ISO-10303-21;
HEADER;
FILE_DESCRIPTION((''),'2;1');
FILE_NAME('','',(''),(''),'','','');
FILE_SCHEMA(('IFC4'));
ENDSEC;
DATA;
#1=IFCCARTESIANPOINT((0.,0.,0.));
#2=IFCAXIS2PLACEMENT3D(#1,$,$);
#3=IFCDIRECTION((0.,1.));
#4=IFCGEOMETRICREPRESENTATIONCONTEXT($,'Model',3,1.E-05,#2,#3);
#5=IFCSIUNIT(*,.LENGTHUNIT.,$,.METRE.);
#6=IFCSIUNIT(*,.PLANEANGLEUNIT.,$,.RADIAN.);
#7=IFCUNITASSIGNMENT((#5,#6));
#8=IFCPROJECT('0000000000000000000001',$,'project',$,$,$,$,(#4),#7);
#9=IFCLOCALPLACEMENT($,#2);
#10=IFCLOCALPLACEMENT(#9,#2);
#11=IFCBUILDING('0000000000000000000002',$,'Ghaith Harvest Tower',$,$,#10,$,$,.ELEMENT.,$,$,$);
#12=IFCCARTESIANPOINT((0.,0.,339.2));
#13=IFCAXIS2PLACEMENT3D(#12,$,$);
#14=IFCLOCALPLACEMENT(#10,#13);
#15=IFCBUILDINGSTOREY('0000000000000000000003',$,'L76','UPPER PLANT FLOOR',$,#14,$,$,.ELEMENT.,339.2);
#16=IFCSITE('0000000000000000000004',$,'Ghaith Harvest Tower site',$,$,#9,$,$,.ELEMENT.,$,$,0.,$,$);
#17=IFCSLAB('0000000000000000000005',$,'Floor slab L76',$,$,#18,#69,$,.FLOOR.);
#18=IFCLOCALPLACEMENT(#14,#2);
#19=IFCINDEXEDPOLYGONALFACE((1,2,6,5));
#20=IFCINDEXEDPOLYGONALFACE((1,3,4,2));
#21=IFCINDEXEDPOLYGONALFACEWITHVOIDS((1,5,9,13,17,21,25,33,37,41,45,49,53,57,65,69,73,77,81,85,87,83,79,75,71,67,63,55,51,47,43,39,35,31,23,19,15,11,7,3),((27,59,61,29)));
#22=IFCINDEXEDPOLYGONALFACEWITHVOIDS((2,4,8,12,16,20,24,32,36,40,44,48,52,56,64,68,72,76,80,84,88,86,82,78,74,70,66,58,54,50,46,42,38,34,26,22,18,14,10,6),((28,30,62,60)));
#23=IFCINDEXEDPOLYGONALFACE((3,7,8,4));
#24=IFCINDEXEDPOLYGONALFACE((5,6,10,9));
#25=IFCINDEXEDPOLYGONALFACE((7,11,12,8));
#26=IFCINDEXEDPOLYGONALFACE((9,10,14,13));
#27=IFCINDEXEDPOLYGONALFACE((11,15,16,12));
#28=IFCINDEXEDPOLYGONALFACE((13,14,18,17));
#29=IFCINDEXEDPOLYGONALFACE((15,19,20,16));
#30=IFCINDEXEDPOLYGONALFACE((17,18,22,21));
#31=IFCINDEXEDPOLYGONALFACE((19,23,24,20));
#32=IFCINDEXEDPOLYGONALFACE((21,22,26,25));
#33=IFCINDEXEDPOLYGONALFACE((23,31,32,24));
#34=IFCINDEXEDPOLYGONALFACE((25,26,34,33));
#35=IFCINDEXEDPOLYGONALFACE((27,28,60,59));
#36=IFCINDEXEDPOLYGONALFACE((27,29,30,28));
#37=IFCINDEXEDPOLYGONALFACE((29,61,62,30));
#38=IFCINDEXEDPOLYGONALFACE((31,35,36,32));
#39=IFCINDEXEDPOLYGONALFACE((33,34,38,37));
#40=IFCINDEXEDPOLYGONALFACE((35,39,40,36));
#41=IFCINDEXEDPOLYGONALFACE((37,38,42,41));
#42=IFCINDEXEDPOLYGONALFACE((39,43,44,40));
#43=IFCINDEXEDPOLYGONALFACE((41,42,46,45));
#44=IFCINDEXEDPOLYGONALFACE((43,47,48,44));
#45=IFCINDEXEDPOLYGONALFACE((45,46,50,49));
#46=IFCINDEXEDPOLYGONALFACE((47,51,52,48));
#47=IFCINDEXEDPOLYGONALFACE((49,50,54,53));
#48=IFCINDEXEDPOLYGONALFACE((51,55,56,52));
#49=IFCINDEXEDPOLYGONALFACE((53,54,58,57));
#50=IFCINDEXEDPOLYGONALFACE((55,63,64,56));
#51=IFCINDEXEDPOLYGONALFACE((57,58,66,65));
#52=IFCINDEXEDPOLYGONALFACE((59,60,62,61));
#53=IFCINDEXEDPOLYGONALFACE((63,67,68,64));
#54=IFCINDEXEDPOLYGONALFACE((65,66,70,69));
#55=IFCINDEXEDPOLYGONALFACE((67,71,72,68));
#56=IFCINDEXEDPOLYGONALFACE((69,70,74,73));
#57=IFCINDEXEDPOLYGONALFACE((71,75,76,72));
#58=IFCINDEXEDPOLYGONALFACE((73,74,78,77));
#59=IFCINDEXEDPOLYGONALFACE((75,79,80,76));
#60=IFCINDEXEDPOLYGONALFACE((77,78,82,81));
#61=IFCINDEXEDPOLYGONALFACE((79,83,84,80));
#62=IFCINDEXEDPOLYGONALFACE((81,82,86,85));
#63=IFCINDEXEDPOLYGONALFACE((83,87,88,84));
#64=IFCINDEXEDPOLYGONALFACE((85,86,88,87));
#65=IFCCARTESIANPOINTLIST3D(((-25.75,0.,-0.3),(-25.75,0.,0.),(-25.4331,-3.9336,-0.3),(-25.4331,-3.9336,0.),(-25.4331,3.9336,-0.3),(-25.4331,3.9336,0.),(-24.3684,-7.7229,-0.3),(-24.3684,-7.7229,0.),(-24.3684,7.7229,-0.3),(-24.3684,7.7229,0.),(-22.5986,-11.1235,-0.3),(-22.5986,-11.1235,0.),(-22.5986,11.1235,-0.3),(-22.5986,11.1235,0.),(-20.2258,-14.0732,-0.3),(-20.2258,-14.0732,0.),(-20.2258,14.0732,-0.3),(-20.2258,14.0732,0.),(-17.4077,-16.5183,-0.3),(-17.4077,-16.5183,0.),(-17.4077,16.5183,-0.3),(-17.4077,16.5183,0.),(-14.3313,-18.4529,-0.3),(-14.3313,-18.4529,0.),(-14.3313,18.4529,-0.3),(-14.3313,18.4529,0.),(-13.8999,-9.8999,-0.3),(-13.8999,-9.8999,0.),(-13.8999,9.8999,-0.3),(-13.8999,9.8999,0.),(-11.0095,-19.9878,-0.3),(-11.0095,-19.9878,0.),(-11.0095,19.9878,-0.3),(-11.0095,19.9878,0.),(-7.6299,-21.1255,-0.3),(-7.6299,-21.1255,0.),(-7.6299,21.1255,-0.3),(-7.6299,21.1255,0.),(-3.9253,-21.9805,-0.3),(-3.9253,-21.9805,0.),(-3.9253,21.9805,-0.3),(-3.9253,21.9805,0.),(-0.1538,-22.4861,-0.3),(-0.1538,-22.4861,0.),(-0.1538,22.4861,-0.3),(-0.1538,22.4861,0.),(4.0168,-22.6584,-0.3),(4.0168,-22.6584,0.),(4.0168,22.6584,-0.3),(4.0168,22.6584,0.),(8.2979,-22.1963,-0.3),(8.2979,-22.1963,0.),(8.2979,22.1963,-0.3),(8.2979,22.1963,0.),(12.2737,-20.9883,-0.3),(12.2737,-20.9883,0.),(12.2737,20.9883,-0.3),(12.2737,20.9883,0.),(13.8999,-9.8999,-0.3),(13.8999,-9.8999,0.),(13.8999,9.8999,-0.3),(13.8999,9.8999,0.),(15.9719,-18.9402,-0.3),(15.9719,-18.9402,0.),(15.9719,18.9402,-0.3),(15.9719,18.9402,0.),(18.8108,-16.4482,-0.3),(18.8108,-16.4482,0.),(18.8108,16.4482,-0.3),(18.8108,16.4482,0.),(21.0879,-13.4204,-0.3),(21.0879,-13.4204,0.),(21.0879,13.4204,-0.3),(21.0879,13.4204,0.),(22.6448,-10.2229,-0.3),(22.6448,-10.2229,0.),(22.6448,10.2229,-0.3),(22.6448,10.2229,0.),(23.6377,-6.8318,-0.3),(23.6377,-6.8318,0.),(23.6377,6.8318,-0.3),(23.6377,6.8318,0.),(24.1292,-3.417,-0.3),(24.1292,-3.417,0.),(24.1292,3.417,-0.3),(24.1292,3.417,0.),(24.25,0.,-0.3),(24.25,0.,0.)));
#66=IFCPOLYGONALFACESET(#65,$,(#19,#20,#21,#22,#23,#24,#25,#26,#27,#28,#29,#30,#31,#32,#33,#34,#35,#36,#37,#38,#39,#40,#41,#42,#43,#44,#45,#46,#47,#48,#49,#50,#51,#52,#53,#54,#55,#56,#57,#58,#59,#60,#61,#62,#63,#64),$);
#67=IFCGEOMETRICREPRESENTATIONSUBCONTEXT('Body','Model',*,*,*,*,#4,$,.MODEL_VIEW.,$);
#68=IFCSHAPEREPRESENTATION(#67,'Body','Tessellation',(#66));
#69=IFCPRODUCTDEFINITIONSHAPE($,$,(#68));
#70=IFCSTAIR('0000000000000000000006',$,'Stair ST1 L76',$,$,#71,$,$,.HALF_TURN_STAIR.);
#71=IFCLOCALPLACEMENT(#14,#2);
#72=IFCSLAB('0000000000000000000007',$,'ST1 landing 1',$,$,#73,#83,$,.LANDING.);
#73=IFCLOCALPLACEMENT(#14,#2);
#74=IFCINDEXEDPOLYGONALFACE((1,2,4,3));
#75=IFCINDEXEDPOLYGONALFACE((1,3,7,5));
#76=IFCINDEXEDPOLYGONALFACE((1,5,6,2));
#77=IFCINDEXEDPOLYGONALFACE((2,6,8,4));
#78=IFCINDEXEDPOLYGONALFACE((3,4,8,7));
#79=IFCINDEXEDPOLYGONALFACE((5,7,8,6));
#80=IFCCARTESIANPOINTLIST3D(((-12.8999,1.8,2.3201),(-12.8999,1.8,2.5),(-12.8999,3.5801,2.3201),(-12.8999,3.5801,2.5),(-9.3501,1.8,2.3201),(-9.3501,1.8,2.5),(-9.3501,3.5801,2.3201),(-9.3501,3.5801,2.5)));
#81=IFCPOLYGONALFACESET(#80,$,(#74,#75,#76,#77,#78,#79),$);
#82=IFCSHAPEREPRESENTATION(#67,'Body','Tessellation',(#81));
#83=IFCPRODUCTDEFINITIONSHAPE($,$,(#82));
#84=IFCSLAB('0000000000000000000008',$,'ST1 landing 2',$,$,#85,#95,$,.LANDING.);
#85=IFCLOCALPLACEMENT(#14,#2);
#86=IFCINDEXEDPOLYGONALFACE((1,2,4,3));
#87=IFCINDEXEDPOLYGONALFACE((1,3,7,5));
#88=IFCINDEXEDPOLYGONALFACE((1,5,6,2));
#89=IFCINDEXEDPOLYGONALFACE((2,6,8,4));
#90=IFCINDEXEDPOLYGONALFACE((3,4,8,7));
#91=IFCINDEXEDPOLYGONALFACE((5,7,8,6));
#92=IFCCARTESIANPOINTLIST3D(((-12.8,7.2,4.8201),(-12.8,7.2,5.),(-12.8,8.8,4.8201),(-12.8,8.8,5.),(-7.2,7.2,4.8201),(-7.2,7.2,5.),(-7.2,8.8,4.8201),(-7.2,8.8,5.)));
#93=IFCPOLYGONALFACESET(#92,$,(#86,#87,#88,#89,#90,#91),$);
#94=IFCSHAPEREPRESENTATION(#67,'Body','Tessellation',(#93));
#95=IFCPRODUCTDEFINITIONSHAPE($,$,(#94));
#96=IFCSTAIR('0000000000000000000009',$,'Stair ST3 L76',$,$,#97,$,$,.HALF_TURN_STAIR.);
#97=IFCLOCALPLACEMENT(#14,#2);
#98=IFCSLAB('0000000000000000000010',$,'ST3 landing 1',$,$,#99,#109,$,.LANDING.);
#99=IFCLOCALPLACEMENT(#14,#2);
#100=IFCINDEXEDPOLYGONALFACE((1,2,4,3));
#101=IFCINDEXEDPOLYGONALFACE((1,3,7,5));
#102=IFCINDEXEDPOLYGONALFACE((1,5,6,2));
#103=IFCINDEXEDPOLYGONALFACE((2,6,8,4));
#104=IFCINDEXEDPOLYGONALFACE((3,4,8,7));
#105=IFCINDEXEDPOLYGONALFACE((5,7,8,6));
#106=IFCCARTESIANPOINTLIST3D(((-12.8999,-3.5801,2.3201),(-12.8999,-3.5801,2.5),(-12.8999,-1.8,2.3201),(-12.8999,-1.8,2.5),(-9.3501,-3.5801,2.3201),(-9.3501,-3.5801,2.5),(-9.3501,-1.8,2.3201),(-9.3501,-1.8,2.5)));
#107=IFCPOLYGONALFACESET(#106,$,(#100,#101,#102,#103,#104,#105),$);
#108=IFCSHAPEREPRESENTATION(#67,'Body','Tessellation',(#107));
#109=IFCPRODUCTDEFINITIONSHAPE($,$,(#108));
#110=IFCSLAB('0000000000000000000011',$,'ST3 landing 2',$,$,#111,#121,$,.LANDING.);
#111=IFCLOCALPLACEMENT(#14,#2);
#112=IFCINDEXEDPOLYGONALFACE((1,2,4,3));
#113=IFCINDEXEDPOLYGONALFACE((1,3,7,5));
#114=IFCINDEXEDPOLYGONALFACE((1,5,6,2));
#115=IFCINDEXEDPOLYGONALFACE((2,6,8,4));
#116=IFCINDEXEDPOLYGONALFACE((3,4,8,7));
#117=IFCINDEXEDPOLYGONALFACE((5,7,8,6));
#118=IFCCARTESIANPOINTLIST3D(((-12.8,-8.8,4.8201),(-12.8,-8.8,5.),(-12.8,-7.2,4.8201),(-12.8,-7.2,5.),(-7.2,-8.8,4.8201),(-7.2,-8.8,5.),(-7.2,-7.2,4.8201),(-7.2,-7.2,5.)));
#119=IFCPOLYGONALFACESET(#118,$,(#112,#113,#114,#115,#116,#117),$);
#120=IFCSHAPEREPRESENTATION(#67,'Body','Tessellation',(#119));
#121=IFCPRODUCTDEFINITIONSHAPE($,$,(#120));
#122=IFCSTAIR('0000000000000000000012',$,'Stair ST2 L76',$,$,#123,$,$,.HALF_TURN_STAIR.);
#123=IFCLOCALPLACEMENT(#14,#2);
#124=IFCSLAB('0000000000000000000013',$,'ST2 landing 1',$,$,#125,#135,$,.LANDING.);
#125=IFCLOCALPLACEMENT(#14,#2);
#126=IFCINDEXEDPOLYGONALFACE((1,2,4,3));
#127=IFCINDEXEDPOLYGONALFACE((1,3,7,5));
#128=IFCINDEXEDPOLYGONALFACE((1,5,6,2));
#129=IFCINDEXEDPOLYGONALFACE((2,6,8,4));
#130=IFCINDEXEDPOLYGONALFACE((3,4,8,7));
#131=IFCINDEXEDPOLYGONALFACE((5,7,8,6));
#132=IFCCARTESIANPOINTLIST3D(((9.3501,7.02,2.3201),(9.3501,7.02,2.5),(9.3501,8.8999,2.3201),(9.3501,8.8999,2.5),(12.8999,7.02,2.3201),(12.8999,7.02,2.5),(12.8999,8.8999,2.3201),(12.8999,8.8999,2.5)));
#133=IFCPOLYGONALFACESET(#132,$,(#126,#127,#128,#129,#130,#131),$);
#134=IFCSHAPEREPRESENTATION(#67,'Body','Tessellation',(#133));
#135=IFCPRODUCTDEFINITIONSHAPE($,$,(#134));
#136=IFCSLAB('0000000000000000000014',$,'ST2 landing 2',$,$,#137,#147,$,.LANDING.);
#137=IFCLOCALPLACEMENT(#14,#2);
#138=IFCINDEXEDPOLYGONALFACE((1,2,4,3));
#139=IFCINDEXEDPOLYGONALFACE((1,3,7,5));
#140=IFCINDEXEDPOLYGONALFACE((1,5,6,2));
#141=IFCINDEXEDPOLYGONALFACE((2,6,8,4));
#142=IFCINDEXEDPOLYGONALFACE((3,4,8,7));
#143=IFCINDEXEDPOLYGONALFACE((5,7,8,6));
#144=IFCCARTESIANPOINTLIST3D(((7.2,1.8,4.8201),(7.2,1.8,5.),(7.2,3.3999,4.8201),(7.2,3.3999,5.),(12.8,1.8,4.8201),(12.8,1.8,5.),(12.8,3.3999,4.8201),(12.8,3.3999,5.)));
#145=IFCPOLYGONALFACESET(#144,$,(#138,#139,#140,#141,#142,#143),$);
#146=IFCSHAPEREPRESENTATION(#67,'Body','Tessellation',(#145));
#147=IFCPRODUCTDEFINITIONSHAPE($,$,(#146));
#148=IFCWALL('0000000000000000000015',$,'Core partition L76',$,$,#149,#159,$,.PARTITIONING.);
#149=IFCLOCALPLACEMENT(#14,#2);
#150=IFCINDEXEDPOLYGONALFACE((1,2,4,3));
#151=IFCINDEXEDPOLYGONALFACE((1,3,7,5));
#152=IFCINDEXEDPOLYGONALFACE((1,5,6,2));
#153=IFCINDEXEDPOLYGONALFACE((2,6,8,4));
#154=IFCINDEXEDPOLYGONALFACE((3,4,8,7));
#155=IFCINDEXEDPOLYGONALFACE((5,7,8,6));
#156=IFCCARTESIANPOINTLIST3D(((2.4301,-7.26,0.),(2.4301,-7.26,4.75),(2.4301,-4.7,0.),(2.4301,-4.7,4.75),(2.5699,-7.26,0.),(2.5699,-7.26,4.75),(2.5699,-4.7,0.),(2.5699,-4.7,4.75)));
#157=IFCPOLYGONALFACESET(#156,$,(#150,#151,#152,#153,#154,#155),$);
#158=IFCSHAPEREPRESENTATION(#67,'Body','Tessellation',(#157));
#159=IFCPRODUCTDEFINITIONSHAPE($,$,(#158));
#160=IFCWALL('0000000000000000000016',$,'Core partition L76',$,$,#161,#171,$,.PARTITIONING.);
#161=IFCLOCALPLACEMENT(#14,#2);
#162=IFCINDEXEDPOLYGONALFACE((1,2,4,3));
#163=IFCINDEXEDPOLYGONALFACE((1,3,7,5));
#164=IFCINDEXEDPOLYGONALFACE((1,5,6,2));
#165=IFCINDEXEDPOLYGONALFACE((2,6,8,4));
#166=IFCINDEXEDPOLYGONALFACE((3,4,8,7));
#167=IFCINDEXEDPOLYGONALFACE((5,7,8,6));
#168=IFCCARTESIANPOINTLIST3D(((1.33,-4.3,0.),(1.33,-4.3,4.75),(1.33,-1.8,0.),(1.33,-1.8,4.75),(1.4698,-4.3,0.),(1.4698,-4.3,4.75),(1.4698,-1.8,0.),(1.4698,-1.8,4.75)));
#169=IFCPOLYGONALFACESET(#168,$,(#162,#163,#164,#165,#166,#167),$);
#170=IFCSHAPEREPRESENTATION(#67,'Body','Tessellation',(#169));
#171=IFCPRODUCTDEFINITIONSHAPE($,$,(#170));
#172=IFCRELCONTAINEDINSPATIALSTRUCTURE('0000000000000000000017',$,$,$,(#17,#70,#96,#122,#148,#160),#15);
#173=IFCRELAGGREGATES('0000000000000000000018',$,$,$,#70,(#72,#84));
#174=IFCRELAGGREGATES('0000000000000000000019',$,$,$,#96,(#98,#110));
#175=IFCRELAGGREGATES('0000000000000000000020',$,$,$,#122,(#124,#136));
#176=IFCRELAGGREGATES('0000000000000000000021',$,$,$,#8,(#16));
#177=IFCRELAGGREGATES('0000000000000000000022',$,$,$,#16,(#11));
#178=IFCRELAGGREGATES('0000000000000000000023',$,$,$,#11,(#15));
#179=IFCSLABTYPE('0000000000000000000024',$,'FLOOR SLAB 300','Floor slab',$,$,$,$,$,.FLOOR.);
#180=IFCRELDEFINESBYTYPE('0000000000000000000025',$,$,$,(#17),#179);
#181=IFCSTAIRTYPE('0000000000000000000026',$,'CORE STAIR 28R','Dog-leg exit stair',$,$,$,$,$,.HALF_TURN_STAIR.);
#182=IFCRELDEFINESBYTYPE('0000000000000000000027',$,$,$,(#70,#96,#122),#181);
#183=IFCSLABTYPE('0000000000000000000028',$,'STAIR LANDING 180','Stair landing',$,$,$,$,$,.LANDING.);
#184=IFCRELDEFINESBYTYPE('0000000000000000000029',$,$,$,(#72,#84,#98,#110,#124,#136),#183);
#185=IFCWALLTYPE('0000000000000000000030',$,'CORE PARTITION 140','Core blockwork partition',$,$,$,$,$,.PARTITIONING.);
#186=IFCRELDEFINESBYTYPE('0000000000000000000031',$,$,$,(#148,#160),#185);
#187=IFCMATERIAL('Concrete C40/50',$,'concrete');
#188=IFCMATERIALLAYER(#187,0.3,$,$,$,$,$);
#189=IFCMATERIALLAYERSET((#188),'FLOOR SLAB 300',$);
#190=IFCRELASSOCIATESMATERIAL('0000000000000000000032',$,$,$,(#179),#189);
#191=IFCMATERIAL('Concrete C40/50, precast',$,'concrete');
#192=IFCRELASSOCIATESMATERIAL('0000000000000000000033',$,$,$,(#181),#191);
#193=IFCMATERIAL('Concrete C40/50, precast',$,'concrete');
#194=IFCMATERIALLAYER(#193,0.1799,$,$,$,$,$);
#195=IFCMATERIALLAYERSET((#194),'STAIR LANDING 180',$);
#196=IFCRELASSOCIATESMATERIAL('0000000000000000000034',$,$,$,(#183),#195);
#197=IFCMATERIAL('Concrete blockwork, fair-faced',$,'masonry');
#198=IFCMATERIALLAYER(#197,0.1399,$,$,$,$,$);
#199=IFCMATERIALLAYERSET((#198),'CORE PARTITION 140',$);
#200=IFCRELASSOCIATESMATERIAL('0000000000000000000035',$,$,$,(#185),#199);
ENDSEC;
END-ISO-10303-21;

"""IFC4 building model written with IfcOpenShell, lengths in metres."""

from ifc_helpers import new_model, si_unit, direction, frame, frame_2d, origin, place, context, subcontext, project, spatial, polyline, rectangle, outline, extrude, material, layer, layer_set, type_object, element, aggregate, save


model = new_model("IFC4")

# Units and contexts
model_context = context("Model", 3, precision=1e-05, world=origin(), true_north=direction((0.0, 1.0)))
body_context = subcontext(model_context, "Body", "Model", "MODEL_VIEW")
ifc_project = project(units=[si_unit("LENGTHUNIT", "METRE"), si_unit("PLANEANGLEUNIT", "RADIAN")], contexts=[model_context])

# Site, building, storey
site_placement = place(None, origin())
site = spatial("IfcSite", under=ifc_project, at=site_placement, Name="Ghaith Harvest Tower site", CompositionType="ELEMENT", RefElevation=0.0)
building_placement = place(site_placement, origin())
building = spatial("IfcBuilding", under=site, at=building_placement, Name="Ghaith Harvest Tower", CompositionType="ELEMENT")
storey_placement = place(building_placement, frame((0.0, 0.0, 339.2)))
storey = spatial("IfcBuildingStorey", under=building, at=storey_placement, Name="L76", Description="UPPER PLANT FLOOR", CompositionType="ELEMENT", Elevation=339.2)

# Slab
ifc_material_1 = material(Name="Concrete C40/50", Category="concrete")
ifc_layer_1 = layer(ifc_material_1, 0.3)
ifc_layer_set_1 = layer_set([ifc_layer_1], Name="FLOOR SLAB 300")
slab_type_1 = type_object("IfcSlabType", Name="FLOOR SLAB 300", Description="Floor slab", PredefinedType="FLOOR", material=ifc_layer_set_1)
slab_1_placement = place(storey_placement, frame((0.0, 0.0, -0.3)))
element("IfcSlab", 1, at=slab_1_placement, inside=storey, type_object=slab_type_1, Name="Floor slab L76", PredefinedType="FLOOR", context=body_context, shape_type="SweptSolid", body=[
    extrude(outline(polyline([(24.25, 0.0), (24.1292, 3.417), (23.6377, 6.8318), (22.6448, 10.2229), (21.0879, 13.4204), (18.8108, 16.4482), (15.9719, 18.9402), (12.2737, 20.9883), (8.2979, 22.1963), (4.0168, 22.6584), (-0.1538, 22.4861), (-3.9253, 21.9805), (-7.6299, 21.1255), (-11.0095, 19.9878), (-14.3313, 18.4529), (-17.4077, 16.5183), (-20.2258, 14.0732), (-22.5986, 11.1235), (-24.3684, 7.7229), (-25.4331, 3.9336), (-25.75, 0.0), (-25.4331, -3.9336), (-24.3684, -7.7229), (-22.5986, -11.1235), (-20.2258, -14.0732), (-17.4077, -16.5183), (-14.3313, -18.4529), (-11.0095, -19.9878), (-7.6299, -21.1255), (-3.9253, -21.9805), (-0.1538, -22.4861), (4.0168, -22.6584), (8.2979, -22.1963), (12.2737, -20.9883), (15.9719, -18.9402), (18.8108, -16.4482), (21.0879, -13.4204), (22.6448, -10.2229), (23.6377, -6.8318), (24.1292, -3.417), (24.25, 0.0)]), holes=[polyline([(-13.8999, -9.8999), (13.8999, -9.8999), (13.8999, 9.8999), (-13.8999, 9.8999), (-13.8999, -9.8999)])]), origin(), (0.0, 0.0, 1.0), 0.3),
])

# Stairs, slabs
ifc_material_2 = material(Name="Concrete C40/50, precast", Category="concrete")
stair_type = type_object("IfcStairType", Name="CORE STAIR 28R", Description="Dog-leg exit stair", PredefinedType="HALF_TURN_STAIR", material=ifc_material_2)
stair_1_placement = place(storey_placement, origin())
stair_1 = element("IfcStair", 2, at=stair_1_placement, inside=storey, type_object=stair_type, Name="Stair ST1 L76", PredefinedType="HALF_TURN_STAIR")
ifc_material_3 = material(Name="Concrete C40/50, precast", Category="concrete")
ifc_layer_2 = layer(ifc_material_3, 0.1799)
ifc_layer_set_2 = layer_set([ifc_layer_2], Name="STAIR LANDING 180")
slab_type_2 = type_object("IfcSlabType", Name="STAIR LANDING 180", Description="Stair landing", PredefinedType="LANDING", material=ifc_layer_set_2)
slab_2_placement = place(storey_placement, frame((0.0, 0.0, 2.3201)))
slab_2 = element("IfcSlab", 3, at=slab_2_placement, type_object=slab_type_2, Name="ST1 landing 1", PredefinedType="LANDING", context=body_context, shape_type="SweptSolid", body=[
    extrude(outline(polyline([(-12.8999, 3.5801), (-12.8999, 1.8), (-9.3501, 1.8), (-9.3501, 3.5801), (-12.8999, 3.5801)])), origin(), (0.0, 0.0, 1.0), 0.1799),
])
slab_3_placement = place(storey_placement, frame((0.0, 0.0, 4.8201)))
slab_3 = element("IfcSlab", 4, at=slab_3_placement, type_object=slab_type_2, Name="ST1 landing 2", PredefinedType="LANDING", context=body_context, shape_type="SweptSolid", body=[
    extrude(outline(polyline([(-12.8, 8.8), (-12.8, 7.2), (-7.2, 7.2), (-7.2, 8.8), (-12.8, 8.8)])), origin(), (0.0, 0.0, 1.0), 0.1799),
])
aggregate(stair_1, [slab_2, slab_3])
stair_2_placement = place(storey_placement, origin())
stair_2 = element("IfcStair", 5, at=stair_2_placement, inside=storey, type_object=stair_type, Name="Stair ST3 L76", PredefinedType="HALF_TURN_STAIR")
slab_4_placement = place(storey_placement, frame((0.0, 0.0, 2.3201)))
slab_4 = element("IfcSlab", 6, at=slab_4_placement, type_object=slab_type_2, Name="ST3 landing 1", PredefinedType="LANDING", context=body_context, shape_type="SweptSolid", body=[
    extrude(outline(polyline([(-12.8999, -3.5801), (-12.8999, -1.8), (-9.3501, -1.8), (-9.3501, -3.5801), (-12.8999, -3.5801)])), origin(), (0.0, 0.0, 1.0), 0.1799),
])
slab_5_placement = place(storey_placement, frame((0.0, 0.0, 4.8201)))
slab_5 = element("IfcSlab", 7, at=slab_5_placement, type_object=slab_type_2, Name="ST3 landing 2", PredefinedType="LANDING", context=body_context, shape_type="SweptSolid", body=[
    extrude(outline(polyline([(-12.8, -8.8), (-12.8, -7.2), (-7.2, -7.2), (-7.2, -8.8), (-12.8, -8.8)])), origin(), (0.0, 0.0, 1.0), 0.1799),
])
aggregate(stair_2, [slab_4, slab_5])
stair_3_placement = place(storey_placement, origin())
stair_3 = element("IfcStair", 8, at=stair_3_placement, inside=storey, type_object=stair_type, Name="Stair ST2 L76", PredefinedType="HALF_TURN_STAIR")
slab_6_placement = place(storey_placement, frame((0.0, 0.0, 2.3201)))
slab_6 = element("IfcSlab", 9, at=slab_6_placement, type_object=slab_type_2, Name="ST2 landing 1", PredefinedType="LANDING", context=body_context, shape_type="SweptSolid", body=[
    extrude(outline(polyline([(12.8999, 7.02), (12.8999, 8.8999), (9.3501, 8.8999), (9.3501, 7.02), (12.8999, 7.02)])), origin(), (0.0, 0.0, 1.0), 0.1799),
])
slab_7_placement = place(storey_placement, frame((0.0, 0.0, 4.8201)))
slab_7 = element("IfcSlab", 10, at=slab_7_placement, type_object=slab_type_2, Name="ST2 landing 2", PredefinedType="LANDING", context=body_context, shape_type="SweptSolid", body=[
    extrude(outline(polyline([(12.8, 1.8), (12.8, 3.3999), (7.2, 3.3999), (7.2, 1.8), (12.8, 1.8)])), origin(), (0.0, 0.0, 1.0), 0.1799),
])
aggregate(stair_3, [slab_6, slab_7])

# Walls
ifc_material_4 = material(Name="Concrete blockwork, fair-faced", Category="masonry")
ifc_layer_3 = layer(ifc_material_4, 0.1399)
ifc_layer_set_3 = layer_set([ifc_layer_3], Name="CORE PARTITION 140")
wall_type_1 = type_object("IfcWallType", Name="CORE PARTITION 140", Description="Core blockwork partition", PredefinedType="PARTITIONING", material=ifc_layer_set_3)
wall_1_placement = place(storey_placement, frame((2.5, -4.7, 0.0), z_axis=(0.0, 0.0, 1.0), x_axis=(0.0, -1.0, 0.0)))
element("IfcWall", 11, at=wall_1_placement, inside=storey, type_object=wall_type_1, Name="Core partition L76", PredefinedType="PARTITIONING", context=body_context, shape_type="SweptSolid", body=[
    extrude(rectangle(XDim=2.5601, YDim=0.1399, at=frame_2d((1.28, 0.0))), origin(), (0.0, 0.0, 1.0), 4.75),
])
wall_2_placement = place(storey_placement, frame((1.3999, -1.8, 0.0), z_axis=(0.0, 0.0, 1.0), x_axis=(0.0, -1.0, 0.0)))
element("IfcWall", 12, at=wall_2_placement, inside=storey, type_object=wall_type_1, Name="Core partition L76", PredefinedType="PARTITIONING", context=body_context, shape_type="SweptSolid", body=[
    extrude(rectangle(XDim=2.5, YDim=0.1399, at=frame_2d((1.25, 0.0))), origin(), (0.0, 0.0, 1.0), 4.75),
])

save(model, "model.ifc")
